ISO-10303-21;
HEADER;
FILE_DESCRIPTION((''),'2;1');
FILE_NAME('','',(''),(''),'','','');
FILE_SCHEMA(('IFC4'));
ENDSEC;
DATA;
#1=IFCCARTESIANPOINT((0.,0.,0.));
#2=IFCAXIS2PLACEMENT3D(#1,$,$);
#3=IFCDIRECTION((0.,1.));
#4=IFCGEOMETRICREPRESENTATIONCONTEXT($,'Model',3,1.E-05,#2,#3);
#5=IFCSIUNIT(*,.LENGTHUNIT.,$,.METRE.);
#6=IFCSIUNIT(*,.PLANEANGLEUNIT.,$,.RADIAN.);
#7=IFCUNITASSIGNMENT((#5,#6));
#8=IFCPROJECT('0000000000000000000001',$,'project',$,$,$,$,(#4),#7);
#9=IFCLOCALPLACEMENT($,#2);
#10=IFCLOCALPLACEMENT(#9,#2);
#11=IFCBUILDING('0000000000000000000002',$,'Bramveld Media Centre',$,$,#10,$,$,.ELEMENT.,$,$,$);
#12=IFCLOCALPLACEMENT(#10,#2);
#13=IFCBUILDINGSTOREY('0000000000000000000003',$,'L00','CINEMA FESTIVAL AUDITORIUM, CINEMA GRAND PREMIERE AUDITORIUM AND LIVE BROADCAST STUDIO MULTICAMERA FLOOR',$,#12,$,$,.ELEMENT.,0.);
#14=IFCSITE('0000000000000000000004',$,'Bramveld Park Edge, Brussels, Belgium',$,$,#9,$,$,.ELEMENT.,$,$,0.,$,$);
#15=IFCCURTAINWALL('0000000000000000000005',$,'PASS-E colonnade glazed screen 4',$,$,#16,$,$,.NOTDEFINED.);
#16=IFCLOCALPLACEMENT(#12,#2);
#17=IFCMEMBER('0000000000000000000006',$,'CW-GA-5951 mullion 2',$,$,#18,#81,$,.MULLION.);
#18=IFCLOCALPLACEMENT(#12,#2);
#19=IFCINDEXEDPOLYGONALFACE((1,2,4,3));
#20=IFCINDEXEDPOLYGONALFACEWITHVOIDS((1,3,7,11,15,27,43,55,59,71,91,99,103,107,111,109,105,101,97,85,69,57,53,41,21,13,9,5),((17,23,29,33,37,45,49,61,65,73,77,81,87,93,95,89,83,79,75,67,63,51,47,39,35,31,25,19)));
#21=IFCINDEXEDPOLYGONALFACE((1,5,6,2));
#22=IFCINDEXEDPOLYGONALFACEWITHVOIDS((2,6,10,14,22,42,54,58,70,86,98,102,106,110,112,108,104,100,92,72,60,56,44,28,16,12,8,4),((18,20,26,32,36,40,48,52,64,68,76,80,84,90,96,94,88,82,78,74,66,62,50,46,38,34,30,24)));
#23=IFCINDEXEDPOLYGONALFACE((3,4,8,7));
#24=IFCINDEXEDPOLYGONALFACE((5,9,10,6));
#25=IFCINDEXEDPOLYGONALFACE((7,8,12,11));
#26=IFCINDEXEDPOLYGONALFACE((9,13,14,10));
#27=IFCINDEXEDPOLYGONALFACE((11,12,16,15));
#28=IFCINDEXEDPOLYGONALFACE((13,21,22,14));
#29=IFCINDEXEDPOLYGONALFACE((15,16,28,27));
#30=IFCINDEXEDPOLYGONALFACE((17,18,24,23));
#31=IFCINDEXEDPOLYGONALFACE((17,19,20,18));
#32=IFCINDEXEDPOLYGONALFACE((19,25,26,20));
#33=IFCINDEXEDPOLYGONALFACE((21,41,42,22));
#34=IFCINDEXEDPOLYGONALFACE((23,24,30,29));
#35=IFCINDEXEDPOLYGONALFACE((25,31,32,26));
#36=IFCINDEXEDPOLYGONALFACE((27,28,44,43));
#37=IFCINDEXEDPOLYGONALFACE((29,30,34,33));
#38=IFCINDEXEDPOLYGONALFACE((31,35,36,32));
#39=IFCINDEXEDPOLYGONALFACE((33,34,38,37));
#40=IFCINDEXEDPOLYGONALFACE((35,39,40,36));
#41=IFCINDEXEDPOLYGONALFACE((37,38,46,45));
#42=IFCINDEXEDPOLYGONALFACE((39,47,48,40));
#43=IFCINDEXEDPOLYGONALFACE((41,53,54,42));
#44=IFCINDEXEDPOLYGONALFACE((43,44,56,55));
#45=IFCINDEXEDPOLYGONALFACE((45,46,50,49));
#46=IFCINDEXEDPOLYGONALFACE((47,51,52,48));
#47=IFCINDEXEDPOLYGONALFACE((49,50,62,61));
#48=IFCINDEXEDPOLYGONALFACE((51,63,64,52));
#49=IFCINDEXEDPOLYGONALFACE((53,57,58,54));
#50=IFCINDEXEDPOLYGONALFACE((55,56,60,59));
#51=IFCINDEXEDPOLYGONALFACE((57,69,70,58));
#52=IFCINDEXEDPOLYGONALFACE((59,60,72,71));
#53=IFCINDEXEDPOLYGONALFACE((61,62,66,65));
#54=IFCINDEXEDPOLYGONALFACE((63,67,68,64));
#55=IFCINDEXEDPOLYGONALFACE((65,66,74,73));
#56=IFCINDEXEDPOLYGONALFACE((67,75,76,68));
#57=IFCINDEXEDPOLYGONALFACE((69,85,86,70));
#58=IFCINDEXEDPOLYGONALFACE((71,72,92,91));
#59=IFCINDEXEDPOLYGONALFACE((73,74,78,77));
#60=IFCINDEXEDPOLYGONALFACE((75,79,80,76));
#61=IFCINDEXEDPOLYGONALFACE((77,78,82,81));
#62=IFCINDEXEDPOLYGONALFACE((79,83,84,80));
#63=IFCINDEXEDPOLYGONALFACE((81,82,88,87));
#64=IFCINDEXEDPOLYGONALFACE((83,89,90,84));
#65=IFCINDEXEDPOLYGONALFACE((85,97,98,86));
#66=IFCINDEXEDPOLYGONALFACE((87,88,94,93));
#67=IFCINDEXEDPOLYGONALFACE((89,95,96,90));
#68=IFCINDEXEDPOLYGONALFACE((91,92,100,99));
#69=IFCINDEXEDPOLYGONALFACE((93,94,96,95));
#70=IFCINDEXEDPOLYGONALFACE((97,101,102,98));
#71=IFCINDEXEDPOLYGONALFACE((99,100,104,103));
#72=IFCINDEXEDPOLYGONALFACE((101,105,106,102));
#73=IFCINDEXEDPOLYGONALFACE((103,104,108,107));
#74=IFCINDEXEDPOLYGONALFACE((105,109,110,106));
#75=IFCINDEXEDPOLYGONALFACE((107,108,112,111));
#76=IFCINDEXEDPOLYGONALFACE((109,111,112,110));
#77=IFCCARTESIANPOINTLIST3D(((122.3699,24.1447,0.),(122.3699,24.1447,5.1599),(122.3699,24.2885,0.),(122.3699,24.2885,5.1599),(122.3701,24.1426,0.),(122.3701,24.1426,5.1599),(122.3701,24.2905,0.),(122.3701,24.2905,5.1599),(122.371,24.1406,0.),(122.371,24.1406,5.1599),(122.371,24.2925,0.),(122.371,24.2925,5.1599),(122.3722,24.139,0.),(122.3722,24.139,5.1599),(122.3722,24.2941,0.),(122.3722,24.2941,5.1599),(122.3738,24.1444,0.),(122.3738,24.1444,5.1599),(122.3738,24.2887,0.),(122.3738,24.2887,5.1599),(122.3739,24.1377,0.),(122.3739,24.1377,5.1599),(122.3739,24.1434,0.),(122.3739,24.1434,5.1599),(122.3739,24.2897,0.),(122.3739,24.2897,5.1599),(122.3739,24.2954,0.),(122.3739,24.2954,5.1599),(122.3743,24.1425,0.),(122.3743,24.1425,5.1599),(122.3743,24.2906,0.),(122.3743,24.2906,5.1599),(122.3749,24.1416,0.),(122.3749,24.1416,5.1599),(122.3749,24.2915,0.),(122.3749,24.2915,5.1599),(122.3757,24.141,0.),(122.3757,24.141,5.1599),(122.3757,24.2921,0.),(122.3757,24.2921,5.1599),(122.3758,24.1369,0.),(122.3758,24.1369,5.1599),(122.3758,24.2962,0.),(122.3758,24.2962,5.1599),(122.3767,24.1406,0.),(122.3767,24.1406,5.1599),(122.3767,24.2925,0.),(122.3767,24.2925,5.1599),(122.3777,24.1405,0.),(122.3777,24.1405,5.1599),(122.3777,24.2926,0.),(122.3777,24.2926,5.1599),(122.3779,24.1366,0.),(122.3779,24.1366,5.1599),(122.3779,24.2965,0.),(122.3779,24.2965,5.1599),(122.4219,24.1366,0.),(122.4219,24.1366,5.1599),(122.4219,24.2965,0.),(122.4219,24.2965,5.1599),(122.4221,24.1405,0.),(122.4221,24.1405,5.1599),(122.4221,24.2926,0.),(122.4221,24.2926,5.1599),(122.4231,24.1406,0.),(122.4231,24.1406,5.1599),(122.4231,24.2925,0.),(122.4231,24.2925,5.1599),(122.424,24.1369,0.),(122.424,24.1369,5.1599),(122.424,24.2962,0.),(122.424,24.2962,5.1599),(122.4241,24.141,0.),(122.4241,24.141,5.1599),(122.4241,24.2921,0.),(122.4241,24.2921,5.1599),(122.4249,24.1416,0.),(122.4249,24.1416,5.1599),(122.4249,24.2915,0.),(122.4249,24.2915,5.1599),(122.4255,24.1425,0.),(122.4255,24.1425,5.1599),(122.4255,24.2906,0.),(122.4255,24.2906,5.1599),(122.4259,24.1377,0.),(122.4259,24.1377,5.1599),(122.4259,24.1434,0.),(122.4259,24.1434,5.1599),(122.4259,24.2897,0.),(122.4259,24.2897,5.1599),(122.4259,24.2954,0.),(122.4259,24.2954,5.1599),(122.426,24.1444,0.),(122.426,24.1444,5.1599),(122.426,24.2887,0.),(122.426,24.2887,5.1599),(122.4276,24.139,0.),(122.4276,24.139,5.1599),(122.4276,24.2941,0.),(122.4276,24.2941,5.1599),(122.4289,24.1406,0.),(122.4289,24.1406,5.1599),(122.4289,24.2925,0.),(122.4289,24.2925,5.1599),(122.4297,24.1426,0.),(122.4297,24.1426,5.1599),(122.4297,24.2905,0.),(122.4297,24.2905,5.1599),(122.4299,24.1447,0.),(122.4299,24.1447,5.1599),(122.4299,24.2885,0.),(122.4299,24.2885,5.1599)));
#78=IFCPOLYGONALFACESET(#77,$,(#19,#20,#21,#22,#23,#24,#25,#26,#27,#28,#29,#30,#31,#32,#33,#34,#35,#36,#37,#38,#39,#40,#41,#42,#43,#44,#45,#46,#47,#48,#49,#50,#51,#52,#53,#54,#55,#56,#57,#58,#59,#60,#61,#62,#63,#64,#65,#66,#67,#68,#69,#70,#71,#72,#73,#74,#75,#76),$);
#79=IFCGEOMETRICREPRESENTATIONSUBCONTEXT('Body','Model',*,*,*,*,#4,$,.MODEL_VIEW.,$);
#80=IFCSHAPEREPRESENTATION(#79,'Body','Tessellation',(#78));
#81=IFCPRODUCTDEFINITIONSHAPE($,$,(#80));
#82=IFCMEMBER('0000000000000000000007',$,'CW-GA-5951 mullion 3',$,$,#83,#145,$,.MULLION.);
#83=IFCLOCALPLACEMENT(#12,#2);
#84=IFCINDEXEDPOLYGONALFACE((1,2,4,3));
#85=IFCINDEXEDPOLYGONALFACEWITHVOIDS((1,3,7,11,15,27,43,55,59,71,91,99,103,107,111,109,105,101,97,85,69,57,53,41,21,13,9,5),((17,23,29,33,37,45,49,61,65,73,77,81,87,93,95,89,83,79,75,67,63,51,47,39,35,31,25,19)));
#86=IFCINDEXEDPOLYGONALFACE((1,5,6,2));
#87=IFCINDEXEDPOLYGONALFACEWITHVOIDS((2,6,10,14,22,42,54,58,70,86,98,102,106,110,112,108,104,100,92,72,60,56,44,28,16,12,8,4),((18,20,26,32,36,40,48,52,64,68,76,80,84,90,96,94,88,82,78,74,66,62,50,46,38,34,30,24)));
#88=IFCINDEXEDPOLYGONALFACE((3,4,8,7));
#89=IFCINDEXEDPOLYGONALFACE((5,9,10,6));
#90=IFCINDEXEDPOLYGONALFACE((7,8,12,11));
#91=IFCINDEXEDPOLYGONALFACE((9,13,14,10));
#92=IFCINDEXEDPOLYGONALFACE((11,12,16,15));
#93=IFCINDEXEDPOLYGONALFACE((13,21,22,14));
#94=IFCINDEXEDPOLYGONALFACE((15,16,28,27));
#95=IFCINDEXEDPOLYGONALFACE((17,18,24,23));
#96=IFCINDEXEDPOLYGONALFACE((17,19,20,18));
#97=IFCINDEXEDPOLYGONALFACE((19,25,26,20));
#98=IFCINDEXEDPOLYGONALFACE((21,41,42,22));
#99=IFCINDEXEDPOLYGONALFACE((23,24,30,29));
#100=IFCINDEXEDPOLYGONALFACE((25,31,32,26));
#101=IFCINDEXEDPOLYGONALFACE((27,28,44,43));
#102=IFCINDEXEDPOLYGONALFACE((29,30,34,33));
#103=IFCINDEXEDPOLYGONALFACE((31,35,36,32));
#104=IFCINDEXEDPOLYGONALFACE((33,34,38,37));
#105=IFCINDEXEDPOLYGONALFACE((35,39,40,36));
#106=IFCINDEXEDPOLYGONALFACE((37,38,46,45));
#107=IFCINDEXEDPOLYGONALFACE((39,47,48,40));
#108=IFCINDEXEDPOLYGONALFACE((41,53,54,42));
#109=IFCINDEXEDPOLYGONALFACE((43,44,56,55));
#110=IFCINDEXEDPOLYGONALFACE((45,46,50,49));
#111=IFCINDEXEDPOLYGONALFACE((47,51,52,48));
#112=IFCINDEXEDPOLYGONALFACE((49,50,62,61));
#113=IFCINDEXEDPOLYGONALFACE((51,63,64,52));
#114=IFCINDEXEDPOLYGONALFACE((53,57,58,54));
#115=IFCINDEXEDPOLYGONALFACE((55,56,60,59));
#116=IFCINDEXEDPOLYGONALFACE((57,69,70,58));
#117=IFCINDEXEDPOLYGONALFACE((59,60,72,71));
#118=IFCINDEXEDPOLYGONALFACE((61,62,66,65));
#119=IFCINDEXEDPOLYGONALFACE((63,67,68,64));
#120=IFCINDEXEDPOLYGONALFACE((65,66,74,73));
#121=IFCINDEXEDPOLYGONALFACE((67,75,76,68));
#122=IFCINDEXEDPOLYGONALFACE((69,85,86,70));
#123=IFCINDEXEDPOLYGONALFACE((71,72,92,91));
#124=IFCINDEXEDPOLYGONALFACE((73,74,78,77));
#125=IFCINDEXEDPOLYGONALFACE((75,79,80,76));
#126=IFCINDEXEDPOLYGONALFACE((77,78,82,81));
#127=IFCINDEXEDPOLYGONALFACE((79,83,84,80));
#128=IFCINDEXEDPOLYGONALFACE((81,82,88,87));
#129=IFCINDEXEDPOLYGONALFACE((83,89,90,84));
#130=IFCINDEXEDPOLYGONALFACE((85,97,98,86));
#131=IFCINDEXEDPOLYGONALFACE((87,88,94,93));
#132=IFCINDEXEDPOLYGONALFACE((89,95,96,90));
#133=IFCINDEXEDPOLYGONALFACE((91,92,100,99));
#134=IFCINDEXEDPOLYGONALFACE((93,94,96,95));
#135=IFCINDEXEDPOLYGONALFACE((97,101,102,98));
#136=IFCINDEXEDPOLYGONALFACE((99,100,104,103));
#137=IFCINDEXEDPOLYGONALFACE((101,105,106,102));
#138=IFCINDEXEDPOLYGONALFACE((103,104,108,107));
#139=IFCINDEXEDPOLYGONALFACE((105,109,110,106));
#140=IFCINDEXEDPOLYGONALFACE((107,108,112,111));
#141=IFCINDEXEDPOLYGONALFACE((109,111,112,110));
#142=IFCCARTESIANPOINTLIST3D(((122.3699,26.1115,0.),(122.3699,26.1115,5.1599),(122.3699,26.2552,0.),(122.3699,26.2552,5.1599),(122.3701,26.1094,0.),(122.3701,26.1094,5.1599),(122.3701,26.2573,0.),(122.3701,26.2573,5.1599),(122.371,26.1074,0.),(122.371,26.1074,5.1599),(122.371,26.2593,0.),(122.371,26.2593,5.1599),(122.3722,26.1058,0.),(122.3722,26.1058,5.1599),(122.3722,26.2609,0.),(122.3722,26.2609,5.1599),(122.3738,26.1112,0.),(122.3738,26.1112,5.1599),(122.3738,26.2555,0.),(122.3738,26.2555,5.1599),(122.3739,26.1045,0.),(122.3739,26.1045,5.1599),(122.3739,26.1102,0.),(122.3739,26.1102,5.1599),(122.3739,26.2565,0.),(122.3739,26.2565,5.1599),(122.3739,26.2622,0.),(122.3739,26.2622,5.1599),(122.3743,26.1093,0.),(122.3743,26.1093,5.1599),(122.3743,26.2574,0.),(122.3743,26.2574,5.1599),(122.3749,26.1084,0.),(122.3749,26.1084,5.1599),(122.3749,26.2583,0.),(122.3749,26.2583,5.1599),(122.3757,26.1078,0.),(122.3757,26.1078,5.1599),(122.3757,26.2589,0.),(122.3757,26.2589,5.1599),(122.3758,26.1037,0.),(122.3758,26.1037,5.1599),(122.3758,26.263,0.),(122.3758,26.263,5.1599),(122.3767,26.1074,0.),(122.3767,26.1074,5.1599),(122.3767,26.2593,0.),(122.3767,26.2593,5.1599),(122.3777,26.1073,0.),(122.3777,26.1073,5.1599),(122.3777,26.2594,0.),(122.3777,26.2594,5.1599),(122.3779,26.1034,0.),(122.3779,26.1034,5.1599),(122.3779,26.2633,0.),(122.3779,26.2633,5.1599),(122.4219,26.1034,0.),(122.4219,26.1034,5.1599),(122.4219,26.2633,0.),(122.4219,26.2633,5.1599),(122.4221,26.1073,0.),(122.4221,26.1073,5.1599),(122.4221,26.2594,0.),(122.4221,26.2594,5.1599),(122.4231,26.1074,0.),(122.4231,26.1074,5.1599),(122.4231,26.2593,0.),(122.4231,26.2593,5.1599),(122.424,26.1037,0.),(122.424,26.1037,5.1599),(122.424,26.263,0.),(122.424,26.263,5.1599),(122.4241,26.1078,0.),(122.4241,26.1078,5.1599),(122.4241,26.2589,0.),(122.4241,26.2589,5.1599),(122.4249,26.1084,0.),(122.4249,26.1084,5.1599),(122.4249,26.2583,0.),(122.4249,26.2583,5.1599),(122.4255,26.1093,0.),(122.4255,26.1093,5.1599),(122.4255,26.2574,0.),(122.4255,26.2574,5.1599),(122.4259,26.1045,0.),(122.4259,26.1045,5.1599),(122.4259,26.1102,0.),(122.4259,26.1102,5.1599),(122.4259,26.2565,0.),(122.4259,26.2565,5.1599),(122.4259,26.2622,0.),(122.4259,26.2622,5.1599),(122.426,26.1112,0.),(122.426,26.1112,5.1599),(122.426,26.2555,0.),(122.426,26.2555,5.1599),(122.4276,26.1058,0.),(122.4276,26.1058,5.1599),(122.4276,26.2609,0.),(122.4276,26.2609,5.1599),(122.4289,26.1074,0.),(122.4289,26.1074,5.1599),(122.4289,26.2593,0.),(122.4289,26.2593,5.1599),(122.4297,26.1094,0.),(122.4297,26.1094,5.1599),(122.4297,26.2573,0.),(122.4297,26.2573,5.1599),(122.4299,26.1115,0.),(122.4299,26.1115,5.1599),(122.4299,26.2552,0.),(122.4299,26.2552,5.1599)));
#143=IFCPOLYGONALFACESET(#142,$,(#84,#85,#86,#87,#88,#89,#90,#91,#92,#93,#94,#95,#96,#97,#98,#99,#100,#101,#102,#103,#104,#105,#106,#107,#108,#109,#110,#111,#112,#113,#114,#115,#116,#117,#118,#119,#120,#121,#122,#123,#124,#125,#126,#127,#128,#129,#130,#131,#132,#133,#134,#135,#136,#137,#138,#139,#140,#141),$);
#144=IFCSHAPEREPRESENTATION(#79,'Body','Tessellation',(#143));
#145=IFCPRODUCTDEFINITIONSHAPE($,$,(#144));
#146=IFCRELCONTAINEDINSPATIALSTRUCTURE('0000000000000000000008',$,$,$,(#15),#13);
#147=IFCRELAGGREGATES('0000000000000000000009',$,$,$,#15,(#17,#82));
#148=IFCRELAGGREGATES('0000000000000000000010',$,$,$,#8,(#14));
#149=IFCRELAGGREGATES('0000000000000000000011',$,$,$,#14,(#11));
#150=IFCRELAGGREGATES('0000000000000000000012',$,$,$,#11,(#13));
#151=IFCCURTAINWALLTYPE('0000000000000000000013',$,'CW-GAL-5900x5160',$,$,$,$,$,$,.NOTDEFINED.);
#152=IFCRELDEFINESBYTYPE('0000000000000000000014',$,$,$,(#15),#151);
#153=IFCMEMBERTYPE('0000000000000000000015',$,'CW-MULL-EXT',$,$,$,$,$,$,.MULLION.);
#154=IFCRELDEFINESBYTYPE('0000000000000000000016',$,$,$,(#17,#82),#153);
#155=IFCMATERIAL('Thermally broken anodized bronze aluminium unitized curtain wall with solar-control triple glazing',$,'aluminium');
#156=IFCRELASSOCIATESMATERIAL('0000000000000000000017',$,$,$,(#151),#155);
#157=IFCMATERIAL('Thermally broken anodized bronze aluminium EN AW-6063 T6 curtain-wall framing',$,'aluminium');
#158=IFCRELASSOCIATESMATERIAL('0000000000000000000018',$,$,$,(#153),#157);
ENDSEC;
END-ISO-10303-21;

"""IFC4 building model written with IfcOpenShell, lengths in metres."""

from ifc_helpers import new_model, si_unit, direction, frame, origin, origin_2d, place, context, subcontext, project, spatial, hollow_rectangle, extrude, material, material_profile, profile_set, type_object, element, aggregate, save


model = new_model("IFC4")

# Units and contexts
model_context = context("Model", 3, precision=1e-05, world=origin(), true_north=direction((0.0, 1.0)))
body_context = subcontext(model_context, "Body", "Model", "MODEL_VIEW")
ifc_project = project(units=[si_unit("LENGTHUNIT", "METRE"), si_unit("PLANEANGLEUNIT", "RADIAN")], contexts=[model_context])

# Site, building, storey
site_placement = place(None, origin())
site = spatial("IfcSite", under=ifc_project, at=site_placement, Name="Bramveld Park Edge, Brussels, Belgium", CompositionType="ELEMENT", RefElevation=0.0)
building_placement = place(site_placement, origin())
building = spatial("IfcBuilding", under=site, at=building_placement, Name="Bramveld Media Centre", CompositionType="ELEMENT")
storey_placement = place(building_placement, origin())
storey = spatial("IfcBuildingStorey", under=building, at=storey_placement, Name="L00", Description="CINEMA FESTIVAL AUDITORIUM, CINEMA GRAND PREMIERE AUDITORIUM AND LIVE BROADCAST STUDIO MULTICAMERA FLOOR", CompositionType="ELEMENT", Elevation=0.0)

# Shared definitions
ifc_material_1 = material(Name="Thermally broken anodized bronze aluminium unitized curtain wall with solar-control triple glazing", Category="aluminium")
curtain_wall_type = type_object("IfcCurtainWallType", Name="CW-GAL-5900x5160", PredefinedType="NOTDEFINED", material=ifc_material_1)
ifc_material_2 = material(Name="Thermally broken anodized bronze aluminium EN AW-6063 T6 curtain-wall framing", Category="aluminium")
ifc_material_profile_1 = material_profile(ifc_material_2, hollow_rectangle(XDim=0.0601, YDim=0.1599, WallThickness=0.0039, InnerFilletRadius=0.0039, OuterFilletRadius=0.0081, at=origin_2d()), Name="AL-MULL 60x160")
ifc_profile_set_1 = profile_set([ifc_material_profile_1], Name="Thermally broken anodized bronze aluminium EN AW-6063 T6 curtain-wall framing")
member_type_1 = type_object("IfcMemberType", Name="CW-MULL-EXT", PredefinedType="MULLION", material=ifc_profile_set_1)

# Curtain wall, members
curtain_wall_1_placement = place(storey_placement, origin())
curtain_wall_1 = element("IfcCurtainWall", 1, at=curtain_wall_1_placement, inside=storey, type_object=curtain_wall_type, Name="PASS-E colonnade glazed screen 4", PredefinedType="NOTDEFINED")
member_1_placement = place(storey_placement, frame((122.3999, 24.2166, 0.0), z_axis=(0.0, 0.0, 1.0), x_axis=(-1.0, 0.0, 0.0)))
member_1 = element("IfcMember", 2, at=member_1_placement, type_object=member_type_1, Name="CW-GA-5951 mullion 2", PredefinedType="MULLION", context=body_context, shape_type="SweptSolid", body=[
    extrude(hollow_rectangle(XDim=0.0601, YDim=0.1599, WallThickness=0.0039, InnerFilletRadius=0.0039, OuterFilletRadius=0.0081, at=origin_2d()), origin(), (0.0, 0.0, 1.0), 5.1599),
])
member_2_placement = place(storey_placement, frame((122.3999, 26.1833, 0.0), z_axis=(0.0, 0.0, 1.0), x_axis=(-1.0, 0.0, 0.0)))
member_2 = element("IfcMember", 3, at=member_2_placement, type_object=member_type_1, Name="CW-GA-5951 mullion 3", PredefinedType="MULLION", context=body_context, shape_type="SweptSolid", body=[
    extrude(hollow_rectangle(XDim=0.0601, YDim=0.1599, WallThickness=0.0039, InnerFilletRadius=0.0039, OuterFilletRadius=0.0081, at=origin_2d()), origin(), (0.0, 0.0, 1.0), 5.1599),
])

aggregate(curtain_wall_1, [member_1, member_2])

save(model, "model.ifc")
